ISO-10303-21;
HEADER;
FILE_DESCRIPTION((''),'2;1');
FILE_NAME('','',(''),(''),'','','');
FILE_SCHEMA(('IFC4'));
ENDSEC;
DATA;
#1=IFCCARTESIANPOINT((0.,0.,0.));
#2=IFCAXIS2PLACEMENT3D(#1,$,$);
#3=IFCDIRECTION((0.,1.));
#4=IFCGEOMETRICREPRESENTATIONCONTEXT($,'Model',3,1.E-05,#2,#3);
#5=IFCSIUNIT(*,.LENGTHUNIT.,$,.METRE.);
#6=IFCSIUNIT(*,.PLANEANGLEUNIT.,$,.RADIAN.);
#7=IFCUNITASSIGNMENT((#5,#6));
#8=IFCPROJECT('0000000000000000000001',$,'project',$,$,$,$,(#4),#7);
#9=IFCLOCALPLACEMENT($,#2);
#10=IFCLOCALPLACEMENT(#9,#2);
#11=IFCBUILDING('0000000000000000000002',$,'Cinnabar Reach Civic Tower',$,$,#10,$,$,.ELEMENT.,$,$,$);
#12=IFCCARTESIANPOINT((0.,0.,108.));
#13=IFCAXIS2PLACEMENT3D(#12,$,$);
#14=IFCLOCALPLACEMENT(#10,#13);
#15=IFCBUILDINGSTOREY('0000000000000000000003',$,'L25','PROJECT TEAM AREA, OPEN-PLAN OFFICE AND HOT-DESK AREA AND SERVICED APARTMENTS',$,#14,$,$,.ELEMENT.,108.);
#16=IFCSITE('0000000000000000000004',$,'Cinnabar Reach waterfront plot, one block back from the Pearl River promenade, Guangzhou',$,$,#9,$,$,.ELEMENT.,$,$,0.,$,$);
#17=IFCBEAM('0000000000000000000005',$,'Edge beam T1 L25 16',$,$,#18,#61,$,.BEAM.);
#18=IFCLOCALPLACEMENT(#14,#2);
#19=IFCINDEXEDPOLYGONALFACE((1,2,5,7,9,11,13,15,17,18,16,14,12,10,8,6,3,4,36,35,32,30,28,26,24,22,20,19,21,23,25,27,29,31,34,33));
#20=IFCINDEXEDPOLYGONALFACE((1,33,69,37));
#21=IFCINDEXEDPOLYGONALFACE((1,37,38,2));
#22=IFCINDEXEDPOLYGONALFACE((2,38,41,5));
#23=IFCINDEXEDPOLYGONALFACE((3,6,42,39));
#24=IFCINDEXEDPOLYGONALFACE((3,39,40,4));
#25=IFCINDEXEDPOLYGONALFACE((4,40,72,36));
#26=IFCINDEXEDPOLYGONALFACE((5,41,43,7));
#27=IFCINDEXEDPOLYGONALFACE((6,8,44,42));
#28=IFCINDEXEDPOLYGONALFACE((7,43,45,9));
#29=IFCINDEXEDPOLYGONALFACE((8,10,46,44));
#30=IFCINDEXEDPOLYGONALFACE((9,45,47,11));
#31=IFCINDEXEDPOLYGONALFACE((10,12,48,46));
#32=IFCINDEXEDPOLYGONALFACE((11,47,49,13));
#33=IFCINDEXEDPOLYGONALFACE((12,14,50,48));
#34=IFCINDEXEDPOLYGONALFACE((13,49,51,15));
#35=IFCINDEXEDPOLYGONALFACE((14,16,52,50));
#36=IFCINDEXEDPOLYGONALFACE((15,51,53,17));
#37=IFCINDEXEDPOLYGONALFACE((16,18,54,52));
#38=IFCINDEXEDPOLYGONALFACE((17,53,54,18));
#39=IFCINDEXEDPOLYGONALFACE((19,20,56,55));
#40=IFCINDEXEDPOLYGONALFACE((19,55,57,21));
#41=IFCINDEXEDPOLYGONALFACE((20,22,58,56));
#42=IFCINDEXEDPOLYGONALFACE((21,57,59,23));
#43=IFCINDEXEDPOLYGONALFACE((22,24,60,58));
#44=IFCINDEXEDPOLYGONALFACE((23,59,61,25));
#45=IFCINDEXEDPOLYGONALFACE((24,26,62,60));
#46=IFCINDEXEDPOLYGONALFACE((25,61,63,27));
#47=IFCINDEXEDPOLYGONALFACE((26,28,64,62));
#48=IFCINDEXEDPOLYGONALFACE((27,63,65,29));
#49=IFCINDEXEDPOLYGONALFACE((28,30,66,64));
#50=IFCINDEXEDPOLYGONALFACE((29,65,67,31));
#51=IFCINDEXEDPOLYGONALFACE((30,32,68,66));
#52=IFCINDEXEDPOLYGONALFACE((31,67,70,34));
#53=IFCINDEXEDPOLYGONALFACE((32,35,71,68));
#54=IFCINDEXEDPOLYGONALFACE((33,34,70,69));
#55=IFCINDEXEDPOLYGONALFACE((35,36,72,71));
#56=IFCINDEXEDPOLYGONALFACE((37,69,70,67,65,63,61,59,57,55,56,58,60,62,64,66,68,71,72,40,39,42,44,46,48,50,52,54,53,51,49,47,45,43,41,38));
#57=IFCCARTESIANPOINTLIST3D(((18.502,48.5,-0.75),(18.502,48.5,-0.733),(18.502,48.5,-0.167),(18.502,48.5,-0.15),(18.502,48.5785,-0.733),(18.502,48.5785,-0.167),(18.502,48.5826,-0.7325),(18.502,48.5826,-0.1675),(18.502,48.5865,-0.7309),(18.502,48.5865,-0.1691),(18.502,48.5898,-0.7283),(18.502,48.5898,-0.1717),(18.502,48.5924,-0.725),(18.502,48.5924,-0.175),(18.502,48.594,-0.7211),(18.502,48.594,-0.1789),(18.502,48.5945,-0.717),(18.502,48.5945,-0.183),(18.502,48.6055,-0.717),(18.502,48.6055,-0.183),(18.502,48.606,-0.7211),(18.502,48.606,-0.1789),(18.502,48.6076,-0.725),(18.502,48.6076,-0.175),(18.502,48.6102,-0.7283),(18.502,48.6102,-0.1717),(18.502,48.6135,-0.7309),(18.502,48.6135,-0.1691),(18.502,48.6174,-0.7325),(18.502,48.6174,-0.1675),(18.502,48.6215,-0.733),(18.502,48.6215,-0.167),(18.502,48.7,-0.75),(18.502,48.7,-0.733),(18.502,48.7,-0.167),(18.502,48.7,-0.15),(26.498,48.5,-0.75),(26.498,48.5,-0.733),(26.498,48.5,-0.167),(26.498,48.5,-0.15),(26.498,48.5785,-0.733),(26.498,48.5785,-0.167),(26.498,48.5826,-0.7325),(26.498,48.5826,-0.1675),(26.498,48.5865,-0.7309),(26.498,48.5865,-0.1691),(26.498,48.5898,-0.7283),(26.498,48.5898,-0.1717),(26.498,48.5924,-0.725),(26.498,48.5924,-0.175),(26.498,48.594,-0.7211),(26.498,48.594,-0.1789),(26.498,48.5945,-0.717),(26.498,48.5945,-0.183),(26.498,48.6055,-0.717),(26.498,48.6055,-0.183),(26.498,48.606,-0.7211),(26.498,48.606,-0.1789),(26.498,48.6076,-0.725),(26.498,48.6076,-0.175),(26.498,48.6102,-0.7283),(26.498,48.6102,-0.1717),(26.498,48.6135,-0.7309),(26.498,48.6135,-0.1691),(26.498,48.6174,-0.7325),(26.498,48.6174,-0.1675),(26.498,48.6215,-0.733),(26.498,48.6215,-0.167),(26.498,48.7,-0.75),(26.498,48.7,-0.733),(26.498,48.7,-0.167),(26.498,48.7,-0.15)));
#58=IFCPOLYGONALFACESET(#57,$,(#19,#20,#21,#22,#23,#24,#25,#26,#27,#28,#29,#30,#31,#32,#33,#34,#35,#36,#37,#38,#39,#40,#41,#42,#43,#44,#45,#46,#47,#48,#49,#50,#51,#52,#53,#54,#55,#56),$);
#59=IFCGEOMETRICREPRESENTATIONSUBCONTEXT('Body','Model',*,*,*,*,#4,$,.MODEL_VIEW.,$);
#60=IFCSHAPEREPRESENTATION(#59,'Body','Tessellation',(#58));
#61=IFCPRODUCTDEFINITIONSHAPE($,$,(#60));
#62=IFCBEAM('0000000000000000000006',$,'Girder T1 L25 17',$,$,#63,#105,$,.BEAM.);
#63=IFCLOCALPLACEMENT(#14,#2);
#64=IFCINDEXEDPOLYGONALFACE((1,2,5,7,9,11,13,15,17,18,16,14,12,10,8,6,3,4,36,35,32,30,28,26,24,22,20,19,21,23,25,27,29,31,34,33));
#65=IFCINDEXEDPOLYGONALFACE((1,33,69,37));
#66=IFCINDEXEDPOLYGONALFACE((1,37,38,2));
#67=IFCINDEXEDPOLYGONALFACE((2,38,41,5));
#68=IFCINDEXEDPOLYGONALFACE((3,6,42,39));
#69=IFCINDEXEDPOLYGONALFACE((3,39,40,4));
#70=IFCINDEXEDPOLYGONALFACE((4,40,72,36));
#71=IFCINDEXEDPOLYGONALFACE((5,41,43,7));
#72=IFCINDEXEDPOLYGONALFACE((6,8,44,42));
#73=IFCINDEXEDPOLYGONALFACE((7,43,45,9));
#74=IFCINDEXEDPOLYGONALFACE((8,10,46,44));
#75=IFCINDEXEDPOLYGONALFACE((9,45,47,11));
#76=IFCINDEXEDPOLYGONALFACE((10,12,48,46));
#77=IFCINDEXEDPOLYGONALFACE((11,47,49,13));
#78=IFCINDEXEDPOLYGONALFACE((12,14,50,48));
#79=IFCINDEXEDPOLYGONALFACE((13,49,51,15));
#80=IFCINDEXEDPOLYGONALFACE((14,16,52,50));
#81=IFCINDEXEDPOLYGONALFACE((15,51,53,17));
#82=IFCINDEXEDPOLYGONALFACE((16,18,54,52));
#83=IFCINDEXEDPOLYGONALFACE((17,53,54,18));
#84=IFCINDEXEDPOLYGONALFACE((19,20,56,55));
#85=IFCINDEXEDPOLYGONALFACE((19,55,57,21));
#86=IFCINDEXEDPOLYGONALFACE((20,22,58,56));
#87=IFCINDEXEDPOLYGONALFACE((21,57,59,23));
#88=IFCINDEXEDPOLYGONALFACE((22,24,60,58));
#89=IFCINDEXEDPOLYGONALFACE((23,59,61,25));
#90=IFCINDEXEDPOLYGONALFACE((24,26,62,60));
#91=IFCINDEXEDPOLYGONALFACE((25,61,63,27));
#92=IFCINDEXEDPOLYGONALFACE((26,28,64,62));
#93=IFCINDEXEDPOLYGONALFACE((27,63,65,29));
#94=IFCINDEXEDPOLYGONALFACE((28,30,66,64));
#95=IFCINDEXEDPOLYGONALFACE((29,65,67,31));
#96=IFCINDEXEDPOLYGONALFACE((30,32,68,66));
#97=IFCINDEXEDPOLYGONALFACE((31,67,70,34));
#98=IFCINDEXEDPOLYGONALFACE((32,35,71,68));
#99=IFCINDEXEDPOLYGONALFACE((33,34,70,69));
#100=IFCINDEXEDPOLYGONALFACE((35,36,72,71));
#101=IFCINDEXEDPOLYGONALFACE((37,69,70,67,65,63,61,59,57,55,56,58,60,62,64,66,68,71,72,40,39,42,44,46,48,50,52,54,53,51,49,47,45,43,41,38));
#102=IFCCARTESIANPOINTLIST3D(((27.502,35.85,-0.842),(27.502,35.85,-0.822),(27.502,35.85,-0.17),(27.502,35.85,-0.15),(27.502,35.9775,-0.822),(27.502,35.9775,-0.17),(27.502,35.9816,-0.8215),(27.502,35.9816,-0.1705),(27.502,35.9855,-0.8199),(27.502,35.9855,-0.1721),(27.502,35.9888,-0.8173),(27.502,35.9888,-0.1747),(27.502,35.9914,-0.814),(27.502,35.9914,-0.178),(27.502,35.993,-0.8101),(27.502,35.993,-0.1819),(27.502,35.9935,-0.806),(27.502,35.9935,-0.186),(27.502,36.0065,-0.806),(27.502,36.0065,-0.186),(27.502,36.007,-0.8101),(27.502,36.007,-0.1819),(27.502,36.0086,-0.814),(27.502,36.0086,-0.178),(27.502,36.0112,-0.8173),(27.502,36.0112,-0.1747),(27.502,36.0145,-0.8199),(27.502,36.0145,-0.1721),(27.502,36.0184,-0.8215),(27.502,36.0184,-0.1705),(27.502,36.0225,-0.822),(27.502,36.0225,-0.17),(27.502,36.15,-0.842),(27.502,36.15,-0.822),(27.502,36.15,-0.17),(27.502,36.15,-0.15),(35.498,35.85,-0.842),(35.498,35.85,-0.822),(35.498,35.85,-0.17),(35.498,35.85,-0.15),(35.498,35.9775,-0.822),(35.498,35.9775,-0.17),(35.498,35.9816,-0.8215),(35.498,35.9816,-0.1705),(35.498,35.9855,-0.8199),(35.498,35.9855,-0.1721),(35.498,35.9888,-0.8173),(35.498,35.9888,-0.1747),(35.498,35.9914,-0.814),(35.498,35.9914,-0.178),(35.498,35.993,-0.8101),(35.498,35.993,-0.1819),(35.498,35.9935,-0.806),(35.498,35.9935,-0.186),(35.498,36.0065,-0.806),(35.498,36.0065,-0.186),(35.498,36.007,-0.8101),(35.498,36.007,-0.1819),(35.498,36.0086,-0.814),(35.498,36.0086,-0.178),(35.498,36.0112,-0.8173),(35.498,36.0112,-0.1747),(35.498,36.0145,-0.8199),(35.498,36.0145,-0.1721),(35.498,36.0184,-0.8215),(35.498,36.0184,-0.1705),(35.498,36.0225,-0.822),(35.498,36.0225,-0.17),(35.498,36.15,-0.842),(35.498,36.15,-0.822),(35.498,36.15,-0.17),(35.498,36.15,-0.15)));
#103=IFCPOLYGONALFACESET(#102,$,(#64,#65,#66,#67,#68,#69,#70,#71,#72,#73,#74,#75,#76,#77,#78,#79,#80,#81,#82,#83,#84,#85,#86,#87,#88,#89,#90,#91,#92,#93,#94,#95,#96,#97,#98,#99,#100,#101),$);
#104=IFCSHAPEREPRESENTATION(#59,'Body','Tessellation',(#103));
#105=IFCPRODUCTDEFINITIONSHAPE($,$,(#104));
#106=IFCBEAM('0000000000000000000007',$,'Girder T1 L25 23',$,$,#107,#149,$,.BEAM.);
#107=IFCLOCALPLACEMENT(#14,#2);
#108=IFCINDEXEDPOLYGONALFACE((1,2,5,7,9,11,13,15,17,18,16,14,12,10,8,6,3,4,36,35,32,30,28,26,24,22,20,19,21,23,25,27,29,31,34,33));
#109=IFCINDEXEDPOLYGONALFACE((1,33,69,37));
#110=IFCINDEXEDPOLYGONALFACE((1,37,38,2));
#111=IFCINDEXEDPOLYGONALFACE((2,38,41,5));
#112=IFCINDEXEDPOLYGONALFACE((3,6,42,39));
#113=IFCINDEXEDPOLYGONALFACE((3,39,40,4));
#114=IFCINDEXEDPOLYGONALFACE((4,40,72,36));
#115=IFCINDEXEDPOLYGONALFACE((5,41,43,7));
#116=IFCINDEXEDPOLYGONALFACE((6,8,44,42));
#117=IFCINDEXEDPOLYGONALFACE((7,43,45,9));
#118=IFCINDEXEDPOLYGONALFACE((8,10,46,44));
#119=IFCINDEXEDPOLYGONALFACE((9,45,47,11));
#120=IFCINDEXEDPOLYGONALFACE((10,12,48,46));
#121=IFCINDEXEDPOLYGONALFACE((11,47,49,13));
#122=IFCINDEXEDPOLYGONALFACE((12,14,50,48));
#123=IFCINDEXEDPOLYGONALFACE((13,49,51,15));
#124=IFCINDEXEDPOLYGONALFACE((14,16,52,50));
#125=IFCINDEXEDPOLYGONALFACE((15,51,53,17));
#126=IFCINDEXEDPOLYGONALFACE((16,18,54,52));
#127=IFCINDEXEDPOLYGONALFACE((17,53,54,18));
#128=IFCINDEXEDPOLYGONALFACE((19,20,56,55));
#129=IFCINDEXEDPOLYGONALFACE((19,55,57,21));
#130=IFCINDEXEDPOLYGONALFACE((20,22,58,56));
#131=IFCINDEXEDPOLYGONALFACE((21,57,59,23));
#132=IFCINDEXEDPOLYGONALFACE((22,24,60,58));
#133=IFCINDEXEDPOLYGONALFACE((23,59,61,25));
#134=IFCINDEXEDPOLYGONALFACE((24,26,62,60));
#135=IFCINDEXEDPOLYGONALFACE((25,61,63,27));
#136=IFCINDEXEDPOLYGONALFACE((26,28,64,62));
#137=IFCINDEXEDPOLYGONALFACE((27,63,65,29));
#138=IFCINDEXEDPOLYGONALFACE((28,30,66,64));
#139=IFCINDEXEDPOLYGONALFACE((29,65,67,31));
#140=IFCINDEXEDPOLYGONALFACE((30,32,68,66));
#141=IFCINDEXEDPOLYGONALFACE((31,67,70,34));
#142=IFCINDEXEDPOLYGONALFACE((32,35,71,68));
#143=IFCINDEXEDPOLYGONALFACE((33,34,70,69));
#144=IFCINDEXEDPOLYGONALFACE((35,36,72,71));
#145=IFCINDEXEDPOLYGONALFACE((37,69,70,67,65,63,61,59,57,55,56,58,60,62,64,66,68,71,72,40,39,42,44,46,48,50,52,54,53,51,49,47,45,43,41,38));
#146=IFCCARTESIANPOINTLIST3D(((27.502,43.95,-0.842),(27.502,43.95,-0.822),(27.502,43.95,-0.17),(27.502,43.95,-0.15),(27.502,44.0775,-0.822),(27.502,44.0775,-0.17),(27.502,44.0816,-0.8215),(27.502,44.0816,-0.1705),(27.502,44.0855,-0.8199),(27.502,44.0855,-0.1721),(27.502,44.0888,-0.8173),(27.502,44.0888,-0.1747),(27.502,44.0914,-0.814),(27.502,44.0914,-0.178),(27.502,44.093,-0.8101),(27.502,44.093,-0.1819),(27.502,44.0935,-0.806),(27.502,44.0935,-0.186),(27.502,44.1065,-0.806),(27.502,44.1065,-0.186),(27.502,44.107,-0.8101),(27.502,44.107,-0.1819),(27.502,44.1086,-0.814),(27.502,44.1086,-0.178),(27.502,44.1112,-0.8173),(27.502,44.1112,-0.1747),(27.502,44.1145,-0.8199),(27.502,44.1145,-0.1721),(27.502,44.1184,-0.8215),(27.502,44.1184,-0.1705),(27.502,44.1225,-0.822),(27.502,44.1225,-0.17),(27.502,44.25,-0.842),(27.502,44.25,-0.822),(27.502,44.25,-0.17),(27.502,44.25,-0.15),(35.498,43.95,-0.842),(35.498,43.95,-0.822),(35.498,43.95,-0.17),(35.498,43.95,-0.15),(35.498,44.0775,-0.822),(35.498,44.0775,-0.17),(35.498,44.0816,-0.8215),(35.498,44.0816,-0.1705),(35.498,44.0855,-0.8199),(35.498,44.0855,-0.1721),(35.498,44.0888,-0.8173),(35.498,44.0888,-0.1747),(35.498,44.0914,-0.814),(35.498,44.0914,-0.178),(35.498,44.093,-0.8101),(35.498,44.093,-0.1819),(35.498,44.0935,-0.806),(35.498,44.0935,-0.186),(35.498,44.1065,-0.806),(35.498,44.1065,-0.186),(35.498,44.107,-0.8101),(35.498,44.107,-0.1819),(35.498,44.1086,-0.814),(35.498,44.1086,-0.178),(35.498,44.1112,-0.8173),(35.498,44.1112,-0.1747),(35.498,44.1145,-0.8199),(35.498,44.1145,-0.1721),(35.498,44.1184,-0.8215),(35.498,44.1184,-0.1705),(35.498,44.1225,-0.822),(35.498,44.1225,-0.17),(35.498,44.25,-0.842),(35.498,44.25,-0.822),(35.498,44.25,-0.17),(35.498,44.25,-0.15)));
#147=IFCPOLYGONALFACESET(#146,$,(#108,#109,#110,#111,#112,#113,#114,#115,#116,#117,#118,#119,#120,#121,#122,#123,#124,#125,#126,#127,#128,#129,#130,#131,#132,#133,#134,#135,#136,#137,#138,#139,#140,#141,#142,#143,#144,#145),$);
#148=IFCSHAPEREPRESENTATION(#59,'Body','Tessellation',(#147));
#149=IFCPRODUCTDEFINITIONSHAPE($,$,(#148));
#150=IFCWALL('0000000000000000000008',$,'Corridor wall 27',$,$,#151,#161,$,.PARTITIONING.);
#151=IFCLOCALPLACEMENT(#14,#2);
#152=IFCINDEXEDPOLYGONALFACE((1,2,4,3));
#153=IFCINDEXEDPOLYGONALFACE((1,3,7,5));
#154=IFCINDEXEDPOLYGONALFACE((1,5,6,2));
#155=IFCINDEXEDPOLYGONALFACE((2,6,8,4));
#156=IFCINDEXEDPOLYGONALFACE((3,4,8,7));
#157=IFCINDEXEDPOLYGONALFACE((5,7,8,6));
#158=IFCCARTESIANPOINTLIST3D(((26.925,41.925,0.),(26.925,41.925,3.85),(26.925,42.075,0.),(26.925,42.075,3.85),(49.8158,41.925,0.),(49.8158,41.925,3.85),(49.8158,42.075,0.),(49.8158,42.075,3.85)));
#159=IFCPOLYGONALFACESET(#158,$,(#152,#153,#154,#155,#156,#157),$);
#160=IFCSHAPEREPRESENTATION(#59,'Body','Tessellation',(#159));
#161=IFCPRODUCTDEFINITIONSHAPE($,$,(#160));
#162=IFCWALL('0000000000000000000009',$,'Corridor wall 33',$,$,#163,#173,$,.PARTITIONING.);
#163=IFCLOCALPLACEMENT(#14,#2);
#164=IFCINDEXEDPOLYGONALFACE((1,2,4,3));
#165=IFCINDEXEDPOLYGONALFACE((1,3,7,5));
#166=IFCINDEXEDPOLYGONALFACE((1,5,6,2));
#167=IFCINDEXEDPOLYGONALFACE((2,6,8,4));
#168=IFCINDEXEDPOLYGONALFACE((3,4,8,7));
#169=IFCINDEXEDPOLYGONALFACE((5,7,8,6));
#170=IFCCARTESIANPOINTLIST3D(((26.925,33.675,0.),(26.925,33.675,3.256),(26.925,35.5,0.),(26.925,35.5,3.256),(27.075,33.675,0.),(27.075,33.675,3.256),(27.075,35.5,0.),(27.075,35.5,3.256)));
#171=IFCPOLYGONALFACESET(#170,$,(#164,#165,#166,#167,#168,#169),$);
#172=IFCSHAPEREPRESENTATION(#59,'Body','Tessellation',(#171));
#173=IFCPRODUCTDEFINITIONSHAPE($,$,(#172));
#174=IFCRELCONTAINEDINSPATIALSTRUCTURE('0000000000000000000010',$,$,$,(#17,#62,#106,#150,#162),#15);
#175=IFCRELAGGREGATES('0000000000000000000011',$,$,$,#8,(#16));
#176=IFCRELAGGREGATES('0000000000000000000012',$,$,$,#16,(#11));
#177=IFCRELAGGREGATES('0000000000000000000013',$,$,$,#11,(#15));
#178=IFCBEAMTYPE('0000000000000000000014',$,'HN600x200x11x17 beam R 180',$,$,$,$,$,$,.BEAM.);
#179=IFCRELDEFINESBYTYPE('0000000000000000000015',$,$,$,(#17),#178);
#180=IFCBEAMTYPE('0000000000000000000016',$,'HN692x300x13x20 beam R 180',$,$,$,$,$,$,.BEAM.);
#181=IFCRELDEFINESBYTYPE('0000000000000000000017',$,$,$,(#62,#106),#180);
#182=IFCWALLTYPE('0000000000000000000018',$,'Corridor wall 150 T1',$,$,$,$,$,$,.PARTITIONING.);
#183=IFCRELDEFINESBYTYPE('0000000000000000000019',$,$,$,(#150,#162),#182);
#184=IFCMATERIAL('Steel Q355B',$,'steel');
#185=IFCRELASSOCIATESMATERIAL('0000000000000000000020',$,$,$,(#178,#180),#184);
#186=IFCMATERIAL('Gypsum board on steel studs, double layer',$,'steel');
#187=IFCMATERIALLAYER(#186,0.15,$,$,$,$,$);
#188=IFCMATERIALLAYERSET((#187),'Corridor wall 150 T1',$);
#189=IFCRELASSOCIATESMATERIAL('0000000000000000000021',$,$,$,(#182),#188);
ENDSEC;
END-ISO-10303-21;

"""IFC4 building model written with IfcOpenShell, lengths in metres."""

from ifc_helpers import new_model, si_unit, direction, frame, frame_2d, origin, origin_2d, place, context, subcontext, project, spatial, rectangle, i_section, extrude, material, layer, layer_set, material_profile, profile_set, type_object, element, save


model = new_model("IFC4")

# Units and contexts
model_context = context("Model", 3, precision=1e-05, world=origin(), true_north=direction((0.0, 1.0)))
body_context = subcontext(model_context, "Body", "Model", "MODEL_VIEW")
ifc_project = project(units=[si_unit("LENGTHUNIT", "METRE"), si_unit("PLANEANGLEUNIT", "RADIAN")], contexts=[model_context])

# Site, building, storey
site_placement = place(None, origin())
site = spatial("IfcSite", under=ifc_project, at=site_placement, Name="Cinnabar Reach waterfront plot, one block back from the Pearl River promenade, Guangzhou", CompositionType="ELEMENT", RefElevation=0.0)
building_placement = place(site_placement, origin())
building = spatial("IfcBuilding", under=site, at=building_placement, Name="Cinnabar Reach Civic Tower", CompositionType="ELEMENT")
storey_placement = place(building_placement, frame((0.0, 0.0, 108.0)))
storey = spatial("IfcBuildingStorey", under=building, at=storey_placement, Name="L25", Description="PROJECT TEAM AREA, OPEN-PLAN OFFICE AND HOT-DESK AREA AND SERVICED APARTMENTS", CompositionType="ELEMENT", Elevation=108.0)

# Beams
ifc_material_1 = material(Name="Steel Q355B", Category="steel")
ifc_material_profile_1 = material_profile(ifc_material_1, i_section(OverallWidth=0.2, OverallDepth=0.6, WebThickness=0.011, FlangeThickness=0.017, FilletRadius=0.016, at=origin_2d()), Name="HN600x200x11x17")
ifc_profile_set_1 = profile_set([ifc_material_profile_1], Name="Steel Q355B")
beam_type_1 = type_object("IfcBeamType", Name="HN600x200x11x17 beam R 180", PredefinedType="BEAM", material=ifc_profile_set_1)
for number, where, z_axis, x_axis, name in (
    (1, (26.498, 48.6, -0.45), (-1.0, 0.0, 0.0), (0.0, -1.0, 0.0), "Edge beam T1 L25 16"),
):
    element("IfcBeam", number, at=place(storey_placement, frame(where, z_axis=z_axis, x_axis=x_axis)), inside=storey, type_object=beam_type_1, Name=name, PredefinedType="BEAM", context=body_context, shape_type="SweptSolid", body=[
        extrude(i_section(OverallWidth=0.2, OverallDepth=0.6, WebThickness=0.011, FlangeThickness=0.017, FilletRadius=0.016, at=origin_2d()), origin(), (0.0, 0.0, 1.0), 7.996),
    ])
ifc_material_profile_2 = material_profile(ifc_material_1, i_section(OverallWidth=0.3, OverallDepth=0.692, WebThickness=0.013, FlangeThickness=0.02, FilletRadius=0.016, at=origin_2d()), Name="HN692x300x13x20")
ifc_profile_set_2 = profile_set([ifc_material_profile_2], Name="Steel Q355B")
beam_type_2 = type_object("IfcBeamType", Name="HN692x300x13x20 beam R 180", PredefinedType="BEAM", material=ifc_profile_set_2)
for number, where, z_axis, x_axis, name in (
    (2, (27.502, 36.0, -0.496), (1.0, 0.0, 0.0), (0.0, 1.0, 0.0), "Girder T1 L25 17"),
    (3, (27.502, 44.1, -0.496), (1.0, 0.0, 0.0), (0.0, 1.0, 0.0), "Girder T1 L25 23"),
):
    element("IfcBeam", number, at=place(storey_placement, frame(where, z_axis=z_axis, x_axis=x_axis)), inside=storey, type_object=beam_type_2, Name=name, PredefinedType="BEAM", context=body_context, shape_type="SweptSolid", body=[
        extrude(i_section(OverallWidth=0.3, OverallDepth=0.692, WebThickness=0.013, FlangeThickness=0.02, FilletRadius=0.016, at=origin_2d()), origin(), (0.0, 0.0, 1.0), 7.996),
    ])

# Walls
ifc_material_2 = material(Name="Gypsum board on steel studs, double layer", Category="steel")
ifc_layer_1 = layer(ifc_material_2, 0.15)
ifc_layer_set_1 = layer_set([ifc_layer_1], Name="Corridor wall 150 T1")
wall_type_1 = type_object("IfcWallType", Name="Corridor wall 150 T1", PredefinedType="PARTITIONING", material=ifc_layer_set_1)
wall_1_placement = place(storey_placement, frame((26.925, 42.0, 0.0), z_axis=(0.0, 0.0, 1.0), x_axis=(1.0, 0.0, 0.0)))
element("IfcWall", 4, at=wall_1_placement, inside=storey, type_object=wall_type_1, Name="Corridor wall 27", PredefinedType="PARTITIONING", context=body_context, shape_type="SweptSolid", body=[
    extrude(rectangle(XDim=22.8909, YDim=0.15, at=frame_2d((11.4454, 0.0))), origin(), (0.0, 0.0, 1.0), 3.85),
])
wall_2_placement = place(storey_placement, frame((27.0, 33.675, 0.0), z_axis=(0.0, 0.0, 1.0), x_axis=(0.0, 1.0, 0.0)))
element("IfcWall", 5, at=wall_2_placement, inside=storey, type_object=wall_type_1, Name="Corridor wall 33", PredefinedType="PARTITIONING", context=body_context, shape_type="SweptSolid", body=[
    extrude(rectangle(XDim=1.825, YDim=0.15, at=frame_2d((0.9125, 0.0))), origin(), (0.0, 0.0, 1.0), 3.256),
])

save(model, "model.ifc")
